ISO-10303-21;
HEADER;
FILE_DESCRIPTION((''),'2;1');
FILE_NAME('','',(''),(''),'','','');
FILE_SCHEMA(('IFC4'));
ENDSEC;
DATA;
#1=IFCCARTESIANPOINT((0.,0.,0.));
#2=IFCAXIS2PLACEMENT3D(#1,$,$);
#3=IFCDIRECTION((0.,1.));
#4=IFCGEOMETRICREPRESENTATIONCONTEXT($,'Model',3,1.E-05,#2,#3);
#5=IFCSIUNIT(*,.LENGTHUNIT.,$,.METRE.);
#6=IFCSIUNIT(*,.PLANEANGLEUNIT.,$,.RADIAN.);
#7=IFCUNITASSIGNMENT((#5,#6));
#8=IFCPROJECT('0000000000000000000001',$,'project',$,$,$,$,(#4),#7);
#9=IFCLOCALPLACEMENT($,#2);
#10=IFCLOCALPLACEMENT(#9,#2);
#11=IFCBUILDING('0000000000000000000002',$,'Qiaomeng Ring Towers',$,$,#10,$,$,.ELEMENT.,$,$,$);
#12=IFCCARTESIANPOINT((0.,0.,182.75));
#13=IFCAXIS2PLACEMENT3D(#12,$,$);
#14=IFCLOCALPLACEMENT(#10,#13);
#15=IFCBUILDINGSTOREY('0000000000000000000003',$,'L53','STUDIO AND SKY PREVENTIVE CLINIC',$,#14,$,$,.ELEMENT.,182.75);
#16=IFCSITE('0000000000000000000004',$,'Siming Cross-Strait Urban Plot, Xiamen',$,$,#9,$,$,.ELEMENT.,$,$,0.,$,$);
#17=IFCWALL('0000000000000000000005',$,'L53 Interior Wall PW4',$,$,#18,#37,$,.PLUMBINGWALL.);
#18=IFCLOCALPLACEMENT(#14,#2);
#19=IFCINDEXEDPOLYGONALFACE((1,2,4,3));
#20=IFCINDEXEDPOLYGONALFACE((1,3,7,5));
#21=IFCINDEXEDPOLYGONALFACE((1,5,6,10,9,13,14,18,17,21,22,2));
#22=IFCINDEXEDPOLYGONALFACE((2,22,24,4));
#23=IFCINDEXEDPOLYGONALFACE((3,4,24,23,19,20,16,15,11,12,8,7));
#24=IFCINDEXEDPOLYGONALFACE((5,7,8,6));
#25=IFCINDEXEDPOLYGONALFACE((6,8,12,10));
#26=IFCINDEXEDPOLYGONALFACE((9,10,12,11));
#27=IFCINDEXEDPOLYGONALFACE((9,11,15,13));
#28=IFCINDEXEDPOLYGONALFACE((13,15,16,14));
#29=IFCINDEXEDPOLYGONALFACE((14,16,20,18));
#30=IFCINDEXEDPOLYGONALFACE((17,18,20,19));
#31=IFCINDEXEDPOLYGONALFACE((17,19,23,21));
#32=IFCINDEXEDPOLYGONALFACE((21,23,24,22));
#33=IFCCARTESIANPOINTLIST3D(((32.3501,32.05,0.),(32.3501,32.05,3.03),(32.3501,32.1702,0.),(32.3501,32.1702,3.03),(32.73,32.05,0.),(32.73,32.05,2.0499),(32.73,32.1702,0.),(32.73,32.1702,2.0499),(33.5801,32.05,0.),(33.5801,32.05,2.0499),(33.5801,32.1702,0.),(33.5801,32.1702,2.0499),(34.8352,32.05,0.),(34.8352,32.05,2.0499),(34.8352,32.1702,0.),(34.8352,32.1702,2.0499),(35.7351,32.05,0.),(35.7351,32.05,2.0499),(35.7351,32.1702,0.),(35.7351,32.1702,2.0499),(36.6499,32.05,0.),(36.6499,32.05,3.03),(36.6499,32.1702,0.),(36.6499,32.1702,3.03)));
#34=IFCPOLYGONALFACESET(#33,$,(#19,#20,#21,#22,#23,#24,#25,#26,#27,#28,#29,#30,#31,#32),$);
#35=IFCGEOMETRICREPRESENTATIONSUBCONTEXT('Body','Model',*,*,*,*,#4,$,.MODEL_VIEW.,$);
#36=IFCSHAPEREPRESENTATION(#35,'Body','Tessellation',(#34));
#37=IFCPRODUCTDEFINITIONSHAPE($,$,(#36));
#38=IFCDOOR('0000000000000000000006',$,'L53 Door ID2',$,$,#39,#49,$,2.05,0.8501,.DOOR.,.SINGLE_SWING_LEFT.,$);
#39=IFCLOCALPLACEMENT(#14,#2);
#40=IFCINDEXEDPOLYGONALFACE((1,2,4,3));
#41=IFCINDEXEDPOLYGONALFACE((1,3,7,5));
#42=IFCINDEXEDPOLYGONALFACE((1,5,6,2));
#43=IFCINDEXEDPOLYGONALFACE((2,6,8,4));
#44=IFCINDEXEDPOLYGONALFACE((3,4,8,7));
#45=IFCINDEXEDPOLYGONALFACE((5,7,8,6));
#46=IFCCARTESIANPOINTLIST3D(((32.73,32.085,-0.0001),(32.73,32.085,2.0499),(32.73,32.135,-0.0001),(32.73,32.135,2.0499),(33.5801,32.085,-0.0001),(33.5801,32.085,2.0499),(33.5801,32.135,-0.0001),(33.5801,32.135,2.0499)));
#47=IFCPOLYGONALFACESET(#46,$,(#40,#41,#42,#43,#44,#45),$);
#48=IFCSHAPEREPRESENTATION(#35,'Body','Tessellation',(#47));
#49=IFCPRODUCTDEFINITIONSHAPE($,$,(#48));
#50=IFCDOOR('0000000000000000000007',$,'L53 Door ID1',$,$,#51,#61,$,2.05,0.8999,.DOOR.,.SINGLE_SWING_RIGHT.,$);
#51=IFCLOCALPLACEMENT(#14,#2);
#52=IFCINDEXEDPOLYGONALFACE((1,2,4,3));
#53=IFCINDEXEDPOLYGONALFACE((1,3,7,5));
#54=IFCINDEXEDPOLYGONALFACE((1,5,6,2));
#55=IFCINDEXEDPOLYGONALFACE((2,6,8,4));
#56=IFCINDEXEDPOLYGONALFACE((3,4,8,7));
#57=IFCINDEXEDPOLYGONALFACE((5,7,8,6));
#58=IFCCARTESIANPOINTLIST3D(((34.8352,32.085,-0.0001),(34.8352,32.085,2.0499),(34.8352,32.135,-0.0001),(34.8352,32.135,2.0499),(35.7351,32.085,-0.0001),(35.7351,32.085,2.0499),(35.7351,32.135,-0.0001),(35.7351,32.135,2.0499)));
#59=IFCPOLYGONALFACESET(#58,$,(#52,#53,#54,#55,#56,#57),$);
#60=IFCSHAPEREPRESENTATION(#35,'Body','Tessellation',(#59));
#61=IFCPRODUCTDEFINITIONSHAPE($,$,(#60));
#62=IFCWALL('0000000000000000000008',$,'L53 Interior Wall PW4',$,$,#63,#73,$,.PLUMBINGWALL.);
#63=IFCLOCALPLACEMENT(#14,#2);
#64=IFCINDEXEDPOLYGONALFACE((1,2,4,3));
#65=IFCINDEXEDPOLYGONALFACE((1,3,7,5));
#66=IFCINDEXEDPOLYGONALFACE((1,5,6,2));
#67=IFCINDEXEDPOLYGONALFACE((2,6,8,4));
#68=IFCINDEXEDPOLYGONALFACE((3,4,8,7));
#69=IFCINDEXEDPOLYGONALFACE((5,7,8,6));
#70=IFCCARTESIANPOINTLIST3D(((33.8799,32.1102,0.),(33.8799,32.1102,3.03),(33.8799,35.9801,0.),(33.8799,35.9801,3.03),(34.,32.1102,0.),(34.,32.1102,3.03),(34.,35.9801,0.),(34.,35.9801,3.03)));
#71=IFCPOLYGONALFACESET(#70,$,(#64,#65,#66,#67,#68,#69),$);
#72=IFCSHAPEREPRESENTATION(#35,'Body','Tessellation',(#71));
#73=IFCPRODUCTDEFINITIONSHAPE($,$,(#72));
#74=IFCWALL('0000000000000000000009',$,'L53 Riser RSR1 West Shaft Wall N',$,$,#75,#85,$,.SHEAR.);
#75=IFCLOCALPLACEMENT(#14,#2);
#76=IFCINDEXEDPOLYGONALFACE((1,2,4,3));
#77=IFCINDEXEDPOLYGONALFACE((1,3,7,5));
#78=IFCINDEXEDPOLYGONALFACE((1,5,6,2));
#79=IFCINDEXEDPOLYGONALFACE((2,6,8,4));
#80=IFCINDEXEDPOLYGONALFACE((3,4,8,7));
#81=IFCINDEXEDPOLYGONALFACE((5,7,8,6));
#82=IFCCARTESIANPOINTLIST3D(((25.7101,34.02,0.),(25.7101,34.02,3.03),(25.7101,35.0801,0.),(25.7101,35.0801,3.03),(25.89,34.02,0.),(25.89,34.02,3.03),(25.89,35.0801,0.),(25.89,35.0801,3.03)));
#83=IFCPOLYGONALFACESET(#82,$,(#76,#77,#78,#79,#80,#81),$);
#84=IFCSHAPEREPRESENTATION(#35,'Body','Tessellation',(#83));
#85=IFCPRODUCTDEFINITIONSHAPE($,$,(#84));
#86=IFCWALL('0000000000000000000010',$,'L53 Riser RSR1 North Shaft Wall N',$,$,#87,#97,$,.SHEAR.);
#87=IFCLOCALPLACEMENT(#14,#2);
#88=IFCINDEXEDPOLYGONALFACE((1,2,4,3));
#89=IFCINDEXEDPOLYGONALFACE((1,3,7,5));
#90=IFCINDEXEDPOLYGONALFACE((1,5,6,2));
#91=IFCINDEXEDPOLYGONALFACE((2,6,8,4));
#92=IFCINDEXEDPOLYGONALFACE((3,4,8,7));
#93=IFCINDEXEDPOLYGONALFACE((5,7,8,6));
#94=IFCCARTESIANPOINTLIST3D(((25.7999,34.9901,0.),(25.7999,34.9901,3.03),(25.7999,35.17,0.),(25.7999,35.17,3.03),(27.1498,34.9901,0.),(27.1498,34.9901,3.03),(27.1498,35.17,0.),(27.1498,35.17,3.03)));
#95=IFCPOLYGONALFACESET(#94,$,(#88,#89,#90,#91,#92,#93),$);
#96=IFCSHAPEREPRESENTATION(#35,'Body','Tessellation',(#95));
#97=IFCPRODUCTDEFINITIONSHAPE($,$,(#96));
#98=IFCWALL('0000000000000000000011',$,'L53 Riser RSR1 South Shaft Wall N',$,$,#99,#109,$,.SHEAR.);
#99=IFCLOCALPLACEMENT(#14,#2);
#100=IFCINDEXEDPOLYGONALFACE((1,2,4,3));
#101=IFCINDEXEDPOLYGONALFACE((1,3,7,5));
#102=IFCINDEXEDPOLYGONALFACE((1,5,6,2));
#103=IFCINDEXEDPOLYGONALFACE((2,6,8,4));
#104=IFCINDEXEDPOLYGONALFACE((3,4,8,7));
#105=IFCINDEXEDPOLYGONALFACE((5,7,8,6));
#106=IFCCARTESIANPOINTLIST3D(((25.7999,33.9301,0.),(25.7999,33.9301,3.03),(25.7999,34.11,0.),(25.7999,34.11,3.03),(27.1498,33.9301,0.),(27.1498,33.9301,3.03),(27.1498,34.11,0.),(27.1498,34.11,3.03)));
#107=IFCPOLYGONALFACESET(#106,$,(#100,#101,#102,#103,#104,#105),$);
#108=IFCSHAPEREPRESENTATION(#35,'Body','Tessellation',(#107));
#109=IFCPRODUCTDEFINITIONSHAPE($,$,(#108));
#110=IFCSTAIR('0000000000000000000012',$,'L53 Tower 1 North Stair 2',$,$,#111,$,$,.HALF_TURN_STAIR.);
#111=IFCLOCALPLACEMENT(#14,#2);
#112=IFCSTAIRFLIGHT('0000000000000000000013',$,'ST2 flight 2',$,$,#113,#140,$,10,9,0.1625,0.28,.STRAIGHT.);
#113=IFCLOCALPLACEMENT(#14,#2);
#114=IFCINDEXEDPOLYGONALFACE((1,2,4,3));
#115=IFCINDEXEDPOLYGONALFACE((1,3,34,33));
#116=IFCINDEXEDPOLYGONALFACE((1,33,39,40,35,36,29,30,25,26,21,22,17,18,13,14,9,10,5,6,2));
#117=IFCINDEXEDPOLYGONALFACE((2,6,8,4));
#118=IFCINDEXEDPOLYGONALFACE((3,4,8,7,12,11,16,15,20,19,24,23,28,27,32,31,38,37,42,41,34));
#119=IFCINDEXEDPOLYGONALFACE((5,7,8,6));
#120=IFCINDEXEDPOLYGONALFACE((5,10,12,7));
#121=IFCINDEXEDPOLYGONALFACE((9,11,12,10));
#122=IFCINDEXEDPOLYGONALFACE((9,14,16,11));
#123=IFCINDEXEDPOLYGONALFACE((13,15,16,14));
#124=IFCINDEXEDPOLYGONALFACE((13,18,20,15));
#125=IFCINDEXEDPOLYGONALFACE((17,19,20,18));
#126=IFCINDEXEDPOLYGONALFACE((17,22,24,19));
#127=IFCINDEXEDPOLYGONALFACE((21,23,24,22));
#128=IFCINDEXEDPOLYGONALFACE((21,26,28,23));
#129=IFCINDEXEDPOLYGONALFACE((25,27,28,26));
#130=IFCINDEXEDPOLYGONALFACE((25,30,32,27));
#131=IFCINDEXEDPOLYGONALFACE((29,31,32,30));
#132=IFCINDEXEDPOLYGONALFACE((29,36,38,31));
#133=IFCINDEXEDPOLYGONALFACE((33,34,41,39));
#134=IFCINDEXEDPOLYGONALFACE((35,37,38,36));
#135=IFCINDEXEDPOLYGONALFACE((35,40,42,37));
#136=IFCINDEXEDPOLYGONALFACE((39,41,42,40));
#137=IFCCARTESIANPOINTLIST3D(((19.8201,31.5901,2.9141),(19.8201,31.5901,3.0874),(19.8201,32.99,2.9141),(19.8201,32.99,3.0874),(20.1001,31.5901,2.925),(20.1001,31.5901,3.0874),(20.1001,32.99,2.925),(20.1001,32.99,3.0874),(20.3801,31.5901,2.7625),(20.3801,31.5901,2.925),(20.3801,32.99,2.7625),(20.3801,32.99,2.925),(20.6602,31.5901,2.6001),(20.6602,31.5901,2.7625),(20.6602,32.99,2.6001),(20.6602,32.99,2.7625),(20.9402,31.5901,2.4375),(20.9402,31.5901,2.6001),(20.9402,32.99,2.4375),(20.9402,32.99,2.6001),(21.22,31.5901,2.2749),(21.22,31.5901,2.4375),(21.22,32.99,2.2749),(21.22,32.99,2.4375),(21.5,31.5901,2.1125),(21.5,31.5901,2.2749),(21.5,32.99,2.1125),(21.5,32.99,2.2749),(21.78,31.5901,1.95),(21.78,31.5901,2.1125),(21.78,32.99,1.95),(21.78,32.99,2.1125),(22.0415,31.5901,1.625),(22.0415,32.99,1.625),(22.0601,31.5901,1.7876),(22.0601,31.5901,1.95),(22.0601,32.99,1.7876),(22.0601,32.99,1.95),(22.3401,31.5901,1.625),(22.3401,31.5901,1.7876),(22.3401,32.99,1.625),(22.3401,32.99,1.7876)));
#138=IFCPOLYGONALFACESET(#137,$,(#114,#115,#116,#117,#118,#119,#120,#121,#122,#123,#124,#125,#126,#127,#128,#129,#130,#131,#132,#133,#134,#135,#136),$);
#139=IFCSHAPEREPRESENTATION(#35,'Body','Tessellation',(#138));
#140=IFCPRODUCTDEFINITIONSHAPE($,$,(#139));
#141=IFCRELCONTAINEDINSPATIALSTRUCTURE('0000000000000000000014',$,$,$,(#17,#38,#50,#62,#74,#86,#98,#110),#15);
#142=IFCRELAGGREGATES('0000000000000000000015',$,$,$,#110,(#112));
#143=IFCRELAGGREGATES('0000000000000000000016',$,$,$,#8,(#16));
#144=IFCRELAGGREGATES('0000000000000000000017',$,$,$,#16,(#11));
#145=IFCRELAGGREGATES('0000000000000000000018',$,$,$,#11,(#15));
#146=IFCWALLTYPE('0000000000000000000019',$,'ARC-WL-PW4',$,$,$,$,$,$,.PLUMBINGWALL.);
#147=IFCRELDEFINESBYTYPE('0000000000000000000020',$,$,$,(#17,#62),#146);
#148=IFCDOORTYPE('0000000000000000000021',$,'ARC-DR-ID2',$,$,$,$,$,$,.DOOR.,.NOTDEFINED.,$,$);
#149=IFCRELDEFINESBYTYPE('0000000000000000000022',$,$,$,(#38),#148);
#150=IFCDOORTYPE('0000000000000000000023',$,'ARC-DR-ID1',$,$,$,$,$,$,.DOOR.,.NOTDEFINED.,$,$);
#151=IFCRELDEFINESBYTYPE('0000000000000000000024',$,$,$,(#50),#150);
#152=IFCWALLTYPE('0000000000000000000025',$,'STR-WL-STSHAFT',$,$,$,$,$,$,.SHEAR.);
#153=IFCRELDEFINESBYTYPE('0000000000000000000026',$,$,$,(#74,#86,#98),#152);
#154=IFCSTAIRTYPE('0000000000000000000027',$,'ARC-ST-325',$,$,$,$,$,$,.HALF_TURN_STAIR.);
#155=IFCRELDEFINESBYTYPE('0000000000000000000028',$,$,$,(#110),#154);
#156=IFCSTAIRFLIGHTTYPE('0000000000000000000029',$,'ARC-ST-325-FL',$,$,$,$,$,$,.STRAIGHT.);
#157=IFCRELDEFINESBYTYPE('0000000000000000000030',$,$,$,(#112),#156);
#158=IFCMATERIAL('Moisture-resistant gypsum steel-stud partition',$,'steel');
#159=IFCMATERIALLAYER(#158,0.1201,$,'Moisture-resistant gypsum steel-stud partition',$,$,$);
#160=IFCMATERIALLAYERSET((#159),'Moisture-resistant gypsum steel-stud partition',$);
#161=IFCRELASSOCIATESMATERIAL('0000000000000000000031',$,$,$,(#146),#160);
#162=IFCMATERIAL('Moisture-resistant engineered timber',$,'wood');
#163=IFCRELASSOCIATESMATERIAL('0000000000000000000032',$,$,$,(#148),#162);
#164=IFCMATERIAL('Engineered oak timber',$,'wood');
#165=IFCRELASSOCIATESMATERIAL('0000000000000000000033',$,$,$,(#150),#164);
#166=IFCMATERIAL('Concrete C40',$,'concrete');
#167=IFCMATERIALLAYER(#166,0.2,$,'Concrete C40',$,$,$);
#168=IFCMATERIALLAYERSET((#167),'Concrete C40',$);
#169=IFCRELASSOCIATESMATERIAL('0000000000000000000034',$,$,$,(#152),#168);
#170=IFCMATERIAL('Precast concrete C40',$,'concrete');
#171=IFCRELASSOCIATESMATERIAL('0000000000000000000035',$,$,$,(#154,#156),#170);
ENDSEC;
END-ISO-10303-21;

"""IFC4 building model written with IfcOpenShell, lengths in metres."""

from ifc_helpers import new_model, si_unit, direction, frame, frame_2d, origin, place, context, subcontext, project, spatial, polyline, rectangle, outline, extrude, source, transform, mapped, material, layer, layer_set, type_object, element, fill, aggregate, save


model = new_model("IFC4")

# Units and contexts
model_context = context("Model", 3, precision=1e-05, world=origin(), true_north=direction((0.0, 1.0)))
body_context = subcontext(model_context, "Body", "Model", "MODEL_VIEW")
ifc_project = project(units=[si_unit("LENGTHUNIT", "METRE"), si_unit("PLANEANGLEUNIT", "RADIAN")], contexts=[model_context])

# Site, building, storey
site_placement = place(None, origin())
site = spatial("IfcSite", under=ifc_project, at=site_placement, Name="Siming Cross-Strait Urban Plot, Xiamen", CompositionType="ELEMENT", RefElevation=0.0)
building_placement = place(site_placement, origin())
building = spatial("IfcBuilding", under=site, at=building_placement, Name="Qiaomeng Ring Towers", CompositionType="ELEMENT")
storey_placement = place(building_placement, frame((0.0, 0.0, 182.75)))
storey = spatial("IfcBuildingStorey", under=building, at=storey_placement, Name="L53", Description="STUDIO AND SKY PREVENTIVE CLINIC", CompositionType="ELEMENT", Elevation=182.75)

# Wall, openings, doors
ifc_material_1 = material(Name="Moisture-resistant gypsum steel-stud partition", Category="steel")
ifc_layer_1 = layer(ifc_material_1, 0.1201, Name="Moisture-resistant gypsum steel-stud partition")
ifc_layer_set_1 = layer_set([ifc_layer_1], Name="Moisture-resistant gypsum steel-stud partition")
wall_type_1 = type_object("IfcWallType", Name="ARC-WL-PW4", PredefinedType="PLUMBINGWALL", material=ifc_layer_set_1)
wall_1_placement = place(storey_placement, frame((32.3501, 32.1101, 0.0), z_axis=(0.0, 0.0, 1.0), x_axis=(1.0, 0.0, 0.0)))
wall_1 = element("IfcWall", 1, at=wall_1_placement, inside=storey, type_object=wall_type_1, Name="L53 Interior Wall PW4", PredefinedType="PLUMBINGWALL", context=body_context, shape_type="SweptSolid", body=[
    extrude(rectangle(XDim=4.2998, YDim=0.1201, at=frame_2d((2.1499, 0.0))), origin(), (0.0, 0.0, 1.0), 3.03),
])
opening_1_placement = place(wall_1_placement, frame((0.3799, 0.0, 0.0)))
opening_1 = element("IfcOpeningElement", 2, at=opening_1_placement, cuts=wall_1, PredefinedType="OPENING", context=body_context, shape_type="SweptSolid", body=[
    extrude(rectangle(XDim=0.8501, YDim=2.05, at=frame_2d((0.425, 1.0249))), frame((0.0, 0.0701, 0.0), z_axis=(0.0, -1.0, 0.0), x_axis=(1.0, 0.0, 0.0)), (0.0, 0.0, 1.0), 0.1401),
])
opening_2_placement = place(wall_1_placement, frame((2.4851, 0.0, 0.0)))
opening_2 = element("IfcOpeningElement", 3, at=opening_2_placement, cuts=wall_1, PredefinedType="OPENING", context=body_context, shape_type="SweptSolid", body=[
    extrude(rectangle(XDim=0.8999, YDim=2.05, at=frame_2d((0.45, 1.0249))), frame((0.0, 0.0701, 0.0), z_axis=(0.0, -1.0, 0.0), x_axis=(1.0, 0.0, 0.0)), (0.0, 0.0, 1.0), 0.1401),
])
ifc_material_2 = material(Name="Moisture-resistant engineered timber", Category="wood")
door_type_1 = type_object("IfcDoorType", Name="ARC-DR-ID2", OperationType="NOTDEFINED", PredefinedType="DOOR", material=ifc_material_2)
shared_shape_1 = source(origin(), body_context, "Body", "SweptSolid", [
    extrude(rectangle(XDim=0.8501, YDim=2.05, at=frame_2d((0.425, 1.0249))), frame((0.0, 0.0249, 0.0), z_axis=(0.0, -1.0, 0.0), x_axis=(1.0, 0.0, 0.0)), (0.0, 0.0, 1.0), 0.05),
])
door_1_placement = place(opening_1_placement, origin())
door_1 = element("IfcDoor", 4, at=door_1_placement, inside=storey, type_object=door_type_1, Name="L53 Door ID2", OperationType="SINGLE_SWING_LEFT", OverallHeight=2.05, OverallWidth=0.8501, PredefinedType="DOOR", context=body_context, shape_type="MappedRepresentation", body=[
    mapped(shared_shape_1, transform((0.0, 0.0, 0.0), x_axis=(1.0, 0.0, 0.0), y_axis=(0.0, 1.0, 0.0), z_axis=(0.0, 0.0, 1.0), scale=1.0)),
])
fill(opening_1, door_1)
ifc_material_3 = material(Name="Engineered oak timber", Category="wood")
door_type_2 = type_object("IfcDoorType", Name="ARC-DR-ID1", OperationType="NOTDEFINED", PredefinedType="DOOR", material=ifc_material_3)
shared_shape_2 = source(origin(), body_context, "Body", "SweptSolid", [
    extrude(rectangle(XDim=0.8999, YDim=2.05, at=frame_2d((0.45, 1.0249))), frame((0.0, 0.0249, 0.0), z_axis=(0.0, -1.0, 0.0), x_axis=(1.0, 0.0, 0.0)), (0.0, 0.0, 1.0), 0.05),
])
door_2_placement = place(opening_2_placement, origin())
door_2 = element("IfcDoor", 5, at=door_2_placement, inside=storey, type_object=door_type_2, Name="L53 Door ID1", OperationType="SINGLE_SWING_RIGHT", OverallHeight=2.05, OverallWidth=0.8999, PredefinedType="DOOR", context=body_context, shape_type="MappedRepresentation", body=[
    mapped(shared_shape_2, transform((0.0, 0.0, 0.0), x_axis=(1.0, 0.0, 0.0), y_axis=(0.0, 1.0, 0.0), z_axis=(0.0, 0.0, 1.0), scale=1.0)),
])
fill(opening_2, door_2)

# Walls
wall_2_placement = place(storey_placement, frame((33.9399, 32.1101, 0.0), z_axis=(0.0, 0.0, 1.0), x_axis=(0.0, 1.0, 0.0)))
element("IfcWall", 6, at=wall_2_placement, inside=storey, type_object=wall_type_1, Name="L53 Interior Wall PW4", PredefinedType="PLUMBINGWALL", context=body_context, shape_type="SweptSolid", body=[
    extrude(rectangle(XDim=3.8699, YDim=0.1201, at=frame_2d((1.9351, 0.0))), origin(), (0.0, 0.0, 1.0), 3.03),
])
ifc_material_4 = material(Name="Concrete C40", Category="concrete")
ifc_layer_2 = layer(ifc_material_4, 0.2, Name="Concrete C40")
ifc_layer_set_2 = layer_set([ifc_layer_2], Name="Concrete C40")
wall_type_2 = type_object("IfcWallType", Name="STR-WL-STSHAFT", PredefinedType="SHEAR", material=ifc_layer_set_2)
wall_3_placement = place(storey_placement, frame((25.8, 34.02, 0.0), z_axis=(0.0, 0.0, 1.0), x_axis=(0.0, 1.0, 0.0)))
element("IfcWall", 7, at=wall_3_placement, inside=storey, type_object=wall_type_2, Name="L53 Riser RSR1 West Shaft Wall N", PredefinedType="SHEAR", context=body_context, shape_type="SweptSolid", body=[
    extrude(rectangle(XDim=1.0601, YDim=0.1799, at=frame_2d((0.53, 0.0))), origin(), (0.0, 0.0, 1.0), 3.03),
])
for number, where, z_axis, x_axis, name in (
    (8, (25.8, 35.0801, 0.0), (0.0, 0.0, 1.0), (1.0, 0.0, 0.0), "L53 Riser RSR1 North Shaft Wall N"),
    (9, (25.8, 34.02, 0.0), (0.0, 0.0, 1.0), (1.0, 0.0, 0.0), "L53 Riser RSR1 South Shaft Wall N"),
):
    element("IfcWall", number, at=place(storey_placement, frame(where, z_axis=z_axis, x_axis=x_axis)), inside=storey, type_object=wall_type_2, Name=name, PredefinedType="SHEAR", context=body_context, shape_type="SweptSolid", body=[
        extrude(rectangle(XDim=1.3499, YDim=0.1799, at=frame_2d((0.6748, 0.0))), origin(), (0.0, 0.0, 1.0), 3.03),
    ])

# Stair, stair flight
ifc_material_5 = material(Name="Precast concrete C40", Category="concrete")
stair_type = type_object("IfcStairType", Name="ARC-ST-325", PredefinedType="HALF_TURN_STAIR", material=ifc_material_5)
stair_placement = place(storey_placement, origin())
stair = element("IfcStair", 10, at=stair_placement, inside=storey, type_object=stair_type, Name="L53 Tower 1 North Stair 2", PredefinedType="HALF_TURN_STAIR")
stair_flight_type = type_object("IfcStairFlightType", Name="ARC-ST-325-FL", PredefinedType="STRAIGHT", material=ifc_material_5)
shared_shape_3 = source(origin(), body_context, "Body", "SweptSolid", [
    extrude(outline(polyline([(0.0, 0.0), (0.0, 0.1626), (0.28, 0.1626), (0.28, 0.325), (0.5601, 0.325), (0.5601, 0.4875), (0.8401, 0.4875), (0.8401, 0.6499), (1.1201, 0.6499), (1.1201, 0.8125), (1.3999, 0.8125), (1.3999, 0.9751), (1.6799, 0.9751), (1.6799, 1.1375), (1.96, 1.1375), (1.96, 1.3), (2.24, 1.3), (2.24, 1.4624), (2.52, 1.4624), (2.52, 1.625), (2.52, 1.2891), (0.2986, 0.0), (0.0, 0.0)])), frame((0.0, 0.7, 0.0), z_axis=(0.0, -1.0, 0.0), x_axis=(1.0, 0.0, 0.0)), (0.0, 0.0, 1.0), 1.3999),
])
stair_flight_placement = place(storey_placement, frame((22.3401, 32.29, 1.625), z_axis=(0.0, 0.0, 1.0), x_axis=(-1.0, 0.0, 0.0)))
stair_flight = element("IfcStairFlight", 11, at=stair_flight_placement, type_object=stair_flight_type, Name="ST2 flight 2", NumberOfRisers=10, NumberOfTreads=9, PredefinedType="STRAIGHT", RiserHeight=0.1625, TreadLength=0.28, context=body_context, shape_type="MappedRepresentation", body=[
    mapped(shared_shape_3, transform((0.0, 0.0, 0.0), x_axis=(1.0, 0.0, 0.0), y_axis=(0.0, 1.0, 0.0), z_axis=(0.0, 0.0, 1.0), scale=1.0)),
])
aggregate(stair, [stair_flight])

save(model, "model.ifc")
